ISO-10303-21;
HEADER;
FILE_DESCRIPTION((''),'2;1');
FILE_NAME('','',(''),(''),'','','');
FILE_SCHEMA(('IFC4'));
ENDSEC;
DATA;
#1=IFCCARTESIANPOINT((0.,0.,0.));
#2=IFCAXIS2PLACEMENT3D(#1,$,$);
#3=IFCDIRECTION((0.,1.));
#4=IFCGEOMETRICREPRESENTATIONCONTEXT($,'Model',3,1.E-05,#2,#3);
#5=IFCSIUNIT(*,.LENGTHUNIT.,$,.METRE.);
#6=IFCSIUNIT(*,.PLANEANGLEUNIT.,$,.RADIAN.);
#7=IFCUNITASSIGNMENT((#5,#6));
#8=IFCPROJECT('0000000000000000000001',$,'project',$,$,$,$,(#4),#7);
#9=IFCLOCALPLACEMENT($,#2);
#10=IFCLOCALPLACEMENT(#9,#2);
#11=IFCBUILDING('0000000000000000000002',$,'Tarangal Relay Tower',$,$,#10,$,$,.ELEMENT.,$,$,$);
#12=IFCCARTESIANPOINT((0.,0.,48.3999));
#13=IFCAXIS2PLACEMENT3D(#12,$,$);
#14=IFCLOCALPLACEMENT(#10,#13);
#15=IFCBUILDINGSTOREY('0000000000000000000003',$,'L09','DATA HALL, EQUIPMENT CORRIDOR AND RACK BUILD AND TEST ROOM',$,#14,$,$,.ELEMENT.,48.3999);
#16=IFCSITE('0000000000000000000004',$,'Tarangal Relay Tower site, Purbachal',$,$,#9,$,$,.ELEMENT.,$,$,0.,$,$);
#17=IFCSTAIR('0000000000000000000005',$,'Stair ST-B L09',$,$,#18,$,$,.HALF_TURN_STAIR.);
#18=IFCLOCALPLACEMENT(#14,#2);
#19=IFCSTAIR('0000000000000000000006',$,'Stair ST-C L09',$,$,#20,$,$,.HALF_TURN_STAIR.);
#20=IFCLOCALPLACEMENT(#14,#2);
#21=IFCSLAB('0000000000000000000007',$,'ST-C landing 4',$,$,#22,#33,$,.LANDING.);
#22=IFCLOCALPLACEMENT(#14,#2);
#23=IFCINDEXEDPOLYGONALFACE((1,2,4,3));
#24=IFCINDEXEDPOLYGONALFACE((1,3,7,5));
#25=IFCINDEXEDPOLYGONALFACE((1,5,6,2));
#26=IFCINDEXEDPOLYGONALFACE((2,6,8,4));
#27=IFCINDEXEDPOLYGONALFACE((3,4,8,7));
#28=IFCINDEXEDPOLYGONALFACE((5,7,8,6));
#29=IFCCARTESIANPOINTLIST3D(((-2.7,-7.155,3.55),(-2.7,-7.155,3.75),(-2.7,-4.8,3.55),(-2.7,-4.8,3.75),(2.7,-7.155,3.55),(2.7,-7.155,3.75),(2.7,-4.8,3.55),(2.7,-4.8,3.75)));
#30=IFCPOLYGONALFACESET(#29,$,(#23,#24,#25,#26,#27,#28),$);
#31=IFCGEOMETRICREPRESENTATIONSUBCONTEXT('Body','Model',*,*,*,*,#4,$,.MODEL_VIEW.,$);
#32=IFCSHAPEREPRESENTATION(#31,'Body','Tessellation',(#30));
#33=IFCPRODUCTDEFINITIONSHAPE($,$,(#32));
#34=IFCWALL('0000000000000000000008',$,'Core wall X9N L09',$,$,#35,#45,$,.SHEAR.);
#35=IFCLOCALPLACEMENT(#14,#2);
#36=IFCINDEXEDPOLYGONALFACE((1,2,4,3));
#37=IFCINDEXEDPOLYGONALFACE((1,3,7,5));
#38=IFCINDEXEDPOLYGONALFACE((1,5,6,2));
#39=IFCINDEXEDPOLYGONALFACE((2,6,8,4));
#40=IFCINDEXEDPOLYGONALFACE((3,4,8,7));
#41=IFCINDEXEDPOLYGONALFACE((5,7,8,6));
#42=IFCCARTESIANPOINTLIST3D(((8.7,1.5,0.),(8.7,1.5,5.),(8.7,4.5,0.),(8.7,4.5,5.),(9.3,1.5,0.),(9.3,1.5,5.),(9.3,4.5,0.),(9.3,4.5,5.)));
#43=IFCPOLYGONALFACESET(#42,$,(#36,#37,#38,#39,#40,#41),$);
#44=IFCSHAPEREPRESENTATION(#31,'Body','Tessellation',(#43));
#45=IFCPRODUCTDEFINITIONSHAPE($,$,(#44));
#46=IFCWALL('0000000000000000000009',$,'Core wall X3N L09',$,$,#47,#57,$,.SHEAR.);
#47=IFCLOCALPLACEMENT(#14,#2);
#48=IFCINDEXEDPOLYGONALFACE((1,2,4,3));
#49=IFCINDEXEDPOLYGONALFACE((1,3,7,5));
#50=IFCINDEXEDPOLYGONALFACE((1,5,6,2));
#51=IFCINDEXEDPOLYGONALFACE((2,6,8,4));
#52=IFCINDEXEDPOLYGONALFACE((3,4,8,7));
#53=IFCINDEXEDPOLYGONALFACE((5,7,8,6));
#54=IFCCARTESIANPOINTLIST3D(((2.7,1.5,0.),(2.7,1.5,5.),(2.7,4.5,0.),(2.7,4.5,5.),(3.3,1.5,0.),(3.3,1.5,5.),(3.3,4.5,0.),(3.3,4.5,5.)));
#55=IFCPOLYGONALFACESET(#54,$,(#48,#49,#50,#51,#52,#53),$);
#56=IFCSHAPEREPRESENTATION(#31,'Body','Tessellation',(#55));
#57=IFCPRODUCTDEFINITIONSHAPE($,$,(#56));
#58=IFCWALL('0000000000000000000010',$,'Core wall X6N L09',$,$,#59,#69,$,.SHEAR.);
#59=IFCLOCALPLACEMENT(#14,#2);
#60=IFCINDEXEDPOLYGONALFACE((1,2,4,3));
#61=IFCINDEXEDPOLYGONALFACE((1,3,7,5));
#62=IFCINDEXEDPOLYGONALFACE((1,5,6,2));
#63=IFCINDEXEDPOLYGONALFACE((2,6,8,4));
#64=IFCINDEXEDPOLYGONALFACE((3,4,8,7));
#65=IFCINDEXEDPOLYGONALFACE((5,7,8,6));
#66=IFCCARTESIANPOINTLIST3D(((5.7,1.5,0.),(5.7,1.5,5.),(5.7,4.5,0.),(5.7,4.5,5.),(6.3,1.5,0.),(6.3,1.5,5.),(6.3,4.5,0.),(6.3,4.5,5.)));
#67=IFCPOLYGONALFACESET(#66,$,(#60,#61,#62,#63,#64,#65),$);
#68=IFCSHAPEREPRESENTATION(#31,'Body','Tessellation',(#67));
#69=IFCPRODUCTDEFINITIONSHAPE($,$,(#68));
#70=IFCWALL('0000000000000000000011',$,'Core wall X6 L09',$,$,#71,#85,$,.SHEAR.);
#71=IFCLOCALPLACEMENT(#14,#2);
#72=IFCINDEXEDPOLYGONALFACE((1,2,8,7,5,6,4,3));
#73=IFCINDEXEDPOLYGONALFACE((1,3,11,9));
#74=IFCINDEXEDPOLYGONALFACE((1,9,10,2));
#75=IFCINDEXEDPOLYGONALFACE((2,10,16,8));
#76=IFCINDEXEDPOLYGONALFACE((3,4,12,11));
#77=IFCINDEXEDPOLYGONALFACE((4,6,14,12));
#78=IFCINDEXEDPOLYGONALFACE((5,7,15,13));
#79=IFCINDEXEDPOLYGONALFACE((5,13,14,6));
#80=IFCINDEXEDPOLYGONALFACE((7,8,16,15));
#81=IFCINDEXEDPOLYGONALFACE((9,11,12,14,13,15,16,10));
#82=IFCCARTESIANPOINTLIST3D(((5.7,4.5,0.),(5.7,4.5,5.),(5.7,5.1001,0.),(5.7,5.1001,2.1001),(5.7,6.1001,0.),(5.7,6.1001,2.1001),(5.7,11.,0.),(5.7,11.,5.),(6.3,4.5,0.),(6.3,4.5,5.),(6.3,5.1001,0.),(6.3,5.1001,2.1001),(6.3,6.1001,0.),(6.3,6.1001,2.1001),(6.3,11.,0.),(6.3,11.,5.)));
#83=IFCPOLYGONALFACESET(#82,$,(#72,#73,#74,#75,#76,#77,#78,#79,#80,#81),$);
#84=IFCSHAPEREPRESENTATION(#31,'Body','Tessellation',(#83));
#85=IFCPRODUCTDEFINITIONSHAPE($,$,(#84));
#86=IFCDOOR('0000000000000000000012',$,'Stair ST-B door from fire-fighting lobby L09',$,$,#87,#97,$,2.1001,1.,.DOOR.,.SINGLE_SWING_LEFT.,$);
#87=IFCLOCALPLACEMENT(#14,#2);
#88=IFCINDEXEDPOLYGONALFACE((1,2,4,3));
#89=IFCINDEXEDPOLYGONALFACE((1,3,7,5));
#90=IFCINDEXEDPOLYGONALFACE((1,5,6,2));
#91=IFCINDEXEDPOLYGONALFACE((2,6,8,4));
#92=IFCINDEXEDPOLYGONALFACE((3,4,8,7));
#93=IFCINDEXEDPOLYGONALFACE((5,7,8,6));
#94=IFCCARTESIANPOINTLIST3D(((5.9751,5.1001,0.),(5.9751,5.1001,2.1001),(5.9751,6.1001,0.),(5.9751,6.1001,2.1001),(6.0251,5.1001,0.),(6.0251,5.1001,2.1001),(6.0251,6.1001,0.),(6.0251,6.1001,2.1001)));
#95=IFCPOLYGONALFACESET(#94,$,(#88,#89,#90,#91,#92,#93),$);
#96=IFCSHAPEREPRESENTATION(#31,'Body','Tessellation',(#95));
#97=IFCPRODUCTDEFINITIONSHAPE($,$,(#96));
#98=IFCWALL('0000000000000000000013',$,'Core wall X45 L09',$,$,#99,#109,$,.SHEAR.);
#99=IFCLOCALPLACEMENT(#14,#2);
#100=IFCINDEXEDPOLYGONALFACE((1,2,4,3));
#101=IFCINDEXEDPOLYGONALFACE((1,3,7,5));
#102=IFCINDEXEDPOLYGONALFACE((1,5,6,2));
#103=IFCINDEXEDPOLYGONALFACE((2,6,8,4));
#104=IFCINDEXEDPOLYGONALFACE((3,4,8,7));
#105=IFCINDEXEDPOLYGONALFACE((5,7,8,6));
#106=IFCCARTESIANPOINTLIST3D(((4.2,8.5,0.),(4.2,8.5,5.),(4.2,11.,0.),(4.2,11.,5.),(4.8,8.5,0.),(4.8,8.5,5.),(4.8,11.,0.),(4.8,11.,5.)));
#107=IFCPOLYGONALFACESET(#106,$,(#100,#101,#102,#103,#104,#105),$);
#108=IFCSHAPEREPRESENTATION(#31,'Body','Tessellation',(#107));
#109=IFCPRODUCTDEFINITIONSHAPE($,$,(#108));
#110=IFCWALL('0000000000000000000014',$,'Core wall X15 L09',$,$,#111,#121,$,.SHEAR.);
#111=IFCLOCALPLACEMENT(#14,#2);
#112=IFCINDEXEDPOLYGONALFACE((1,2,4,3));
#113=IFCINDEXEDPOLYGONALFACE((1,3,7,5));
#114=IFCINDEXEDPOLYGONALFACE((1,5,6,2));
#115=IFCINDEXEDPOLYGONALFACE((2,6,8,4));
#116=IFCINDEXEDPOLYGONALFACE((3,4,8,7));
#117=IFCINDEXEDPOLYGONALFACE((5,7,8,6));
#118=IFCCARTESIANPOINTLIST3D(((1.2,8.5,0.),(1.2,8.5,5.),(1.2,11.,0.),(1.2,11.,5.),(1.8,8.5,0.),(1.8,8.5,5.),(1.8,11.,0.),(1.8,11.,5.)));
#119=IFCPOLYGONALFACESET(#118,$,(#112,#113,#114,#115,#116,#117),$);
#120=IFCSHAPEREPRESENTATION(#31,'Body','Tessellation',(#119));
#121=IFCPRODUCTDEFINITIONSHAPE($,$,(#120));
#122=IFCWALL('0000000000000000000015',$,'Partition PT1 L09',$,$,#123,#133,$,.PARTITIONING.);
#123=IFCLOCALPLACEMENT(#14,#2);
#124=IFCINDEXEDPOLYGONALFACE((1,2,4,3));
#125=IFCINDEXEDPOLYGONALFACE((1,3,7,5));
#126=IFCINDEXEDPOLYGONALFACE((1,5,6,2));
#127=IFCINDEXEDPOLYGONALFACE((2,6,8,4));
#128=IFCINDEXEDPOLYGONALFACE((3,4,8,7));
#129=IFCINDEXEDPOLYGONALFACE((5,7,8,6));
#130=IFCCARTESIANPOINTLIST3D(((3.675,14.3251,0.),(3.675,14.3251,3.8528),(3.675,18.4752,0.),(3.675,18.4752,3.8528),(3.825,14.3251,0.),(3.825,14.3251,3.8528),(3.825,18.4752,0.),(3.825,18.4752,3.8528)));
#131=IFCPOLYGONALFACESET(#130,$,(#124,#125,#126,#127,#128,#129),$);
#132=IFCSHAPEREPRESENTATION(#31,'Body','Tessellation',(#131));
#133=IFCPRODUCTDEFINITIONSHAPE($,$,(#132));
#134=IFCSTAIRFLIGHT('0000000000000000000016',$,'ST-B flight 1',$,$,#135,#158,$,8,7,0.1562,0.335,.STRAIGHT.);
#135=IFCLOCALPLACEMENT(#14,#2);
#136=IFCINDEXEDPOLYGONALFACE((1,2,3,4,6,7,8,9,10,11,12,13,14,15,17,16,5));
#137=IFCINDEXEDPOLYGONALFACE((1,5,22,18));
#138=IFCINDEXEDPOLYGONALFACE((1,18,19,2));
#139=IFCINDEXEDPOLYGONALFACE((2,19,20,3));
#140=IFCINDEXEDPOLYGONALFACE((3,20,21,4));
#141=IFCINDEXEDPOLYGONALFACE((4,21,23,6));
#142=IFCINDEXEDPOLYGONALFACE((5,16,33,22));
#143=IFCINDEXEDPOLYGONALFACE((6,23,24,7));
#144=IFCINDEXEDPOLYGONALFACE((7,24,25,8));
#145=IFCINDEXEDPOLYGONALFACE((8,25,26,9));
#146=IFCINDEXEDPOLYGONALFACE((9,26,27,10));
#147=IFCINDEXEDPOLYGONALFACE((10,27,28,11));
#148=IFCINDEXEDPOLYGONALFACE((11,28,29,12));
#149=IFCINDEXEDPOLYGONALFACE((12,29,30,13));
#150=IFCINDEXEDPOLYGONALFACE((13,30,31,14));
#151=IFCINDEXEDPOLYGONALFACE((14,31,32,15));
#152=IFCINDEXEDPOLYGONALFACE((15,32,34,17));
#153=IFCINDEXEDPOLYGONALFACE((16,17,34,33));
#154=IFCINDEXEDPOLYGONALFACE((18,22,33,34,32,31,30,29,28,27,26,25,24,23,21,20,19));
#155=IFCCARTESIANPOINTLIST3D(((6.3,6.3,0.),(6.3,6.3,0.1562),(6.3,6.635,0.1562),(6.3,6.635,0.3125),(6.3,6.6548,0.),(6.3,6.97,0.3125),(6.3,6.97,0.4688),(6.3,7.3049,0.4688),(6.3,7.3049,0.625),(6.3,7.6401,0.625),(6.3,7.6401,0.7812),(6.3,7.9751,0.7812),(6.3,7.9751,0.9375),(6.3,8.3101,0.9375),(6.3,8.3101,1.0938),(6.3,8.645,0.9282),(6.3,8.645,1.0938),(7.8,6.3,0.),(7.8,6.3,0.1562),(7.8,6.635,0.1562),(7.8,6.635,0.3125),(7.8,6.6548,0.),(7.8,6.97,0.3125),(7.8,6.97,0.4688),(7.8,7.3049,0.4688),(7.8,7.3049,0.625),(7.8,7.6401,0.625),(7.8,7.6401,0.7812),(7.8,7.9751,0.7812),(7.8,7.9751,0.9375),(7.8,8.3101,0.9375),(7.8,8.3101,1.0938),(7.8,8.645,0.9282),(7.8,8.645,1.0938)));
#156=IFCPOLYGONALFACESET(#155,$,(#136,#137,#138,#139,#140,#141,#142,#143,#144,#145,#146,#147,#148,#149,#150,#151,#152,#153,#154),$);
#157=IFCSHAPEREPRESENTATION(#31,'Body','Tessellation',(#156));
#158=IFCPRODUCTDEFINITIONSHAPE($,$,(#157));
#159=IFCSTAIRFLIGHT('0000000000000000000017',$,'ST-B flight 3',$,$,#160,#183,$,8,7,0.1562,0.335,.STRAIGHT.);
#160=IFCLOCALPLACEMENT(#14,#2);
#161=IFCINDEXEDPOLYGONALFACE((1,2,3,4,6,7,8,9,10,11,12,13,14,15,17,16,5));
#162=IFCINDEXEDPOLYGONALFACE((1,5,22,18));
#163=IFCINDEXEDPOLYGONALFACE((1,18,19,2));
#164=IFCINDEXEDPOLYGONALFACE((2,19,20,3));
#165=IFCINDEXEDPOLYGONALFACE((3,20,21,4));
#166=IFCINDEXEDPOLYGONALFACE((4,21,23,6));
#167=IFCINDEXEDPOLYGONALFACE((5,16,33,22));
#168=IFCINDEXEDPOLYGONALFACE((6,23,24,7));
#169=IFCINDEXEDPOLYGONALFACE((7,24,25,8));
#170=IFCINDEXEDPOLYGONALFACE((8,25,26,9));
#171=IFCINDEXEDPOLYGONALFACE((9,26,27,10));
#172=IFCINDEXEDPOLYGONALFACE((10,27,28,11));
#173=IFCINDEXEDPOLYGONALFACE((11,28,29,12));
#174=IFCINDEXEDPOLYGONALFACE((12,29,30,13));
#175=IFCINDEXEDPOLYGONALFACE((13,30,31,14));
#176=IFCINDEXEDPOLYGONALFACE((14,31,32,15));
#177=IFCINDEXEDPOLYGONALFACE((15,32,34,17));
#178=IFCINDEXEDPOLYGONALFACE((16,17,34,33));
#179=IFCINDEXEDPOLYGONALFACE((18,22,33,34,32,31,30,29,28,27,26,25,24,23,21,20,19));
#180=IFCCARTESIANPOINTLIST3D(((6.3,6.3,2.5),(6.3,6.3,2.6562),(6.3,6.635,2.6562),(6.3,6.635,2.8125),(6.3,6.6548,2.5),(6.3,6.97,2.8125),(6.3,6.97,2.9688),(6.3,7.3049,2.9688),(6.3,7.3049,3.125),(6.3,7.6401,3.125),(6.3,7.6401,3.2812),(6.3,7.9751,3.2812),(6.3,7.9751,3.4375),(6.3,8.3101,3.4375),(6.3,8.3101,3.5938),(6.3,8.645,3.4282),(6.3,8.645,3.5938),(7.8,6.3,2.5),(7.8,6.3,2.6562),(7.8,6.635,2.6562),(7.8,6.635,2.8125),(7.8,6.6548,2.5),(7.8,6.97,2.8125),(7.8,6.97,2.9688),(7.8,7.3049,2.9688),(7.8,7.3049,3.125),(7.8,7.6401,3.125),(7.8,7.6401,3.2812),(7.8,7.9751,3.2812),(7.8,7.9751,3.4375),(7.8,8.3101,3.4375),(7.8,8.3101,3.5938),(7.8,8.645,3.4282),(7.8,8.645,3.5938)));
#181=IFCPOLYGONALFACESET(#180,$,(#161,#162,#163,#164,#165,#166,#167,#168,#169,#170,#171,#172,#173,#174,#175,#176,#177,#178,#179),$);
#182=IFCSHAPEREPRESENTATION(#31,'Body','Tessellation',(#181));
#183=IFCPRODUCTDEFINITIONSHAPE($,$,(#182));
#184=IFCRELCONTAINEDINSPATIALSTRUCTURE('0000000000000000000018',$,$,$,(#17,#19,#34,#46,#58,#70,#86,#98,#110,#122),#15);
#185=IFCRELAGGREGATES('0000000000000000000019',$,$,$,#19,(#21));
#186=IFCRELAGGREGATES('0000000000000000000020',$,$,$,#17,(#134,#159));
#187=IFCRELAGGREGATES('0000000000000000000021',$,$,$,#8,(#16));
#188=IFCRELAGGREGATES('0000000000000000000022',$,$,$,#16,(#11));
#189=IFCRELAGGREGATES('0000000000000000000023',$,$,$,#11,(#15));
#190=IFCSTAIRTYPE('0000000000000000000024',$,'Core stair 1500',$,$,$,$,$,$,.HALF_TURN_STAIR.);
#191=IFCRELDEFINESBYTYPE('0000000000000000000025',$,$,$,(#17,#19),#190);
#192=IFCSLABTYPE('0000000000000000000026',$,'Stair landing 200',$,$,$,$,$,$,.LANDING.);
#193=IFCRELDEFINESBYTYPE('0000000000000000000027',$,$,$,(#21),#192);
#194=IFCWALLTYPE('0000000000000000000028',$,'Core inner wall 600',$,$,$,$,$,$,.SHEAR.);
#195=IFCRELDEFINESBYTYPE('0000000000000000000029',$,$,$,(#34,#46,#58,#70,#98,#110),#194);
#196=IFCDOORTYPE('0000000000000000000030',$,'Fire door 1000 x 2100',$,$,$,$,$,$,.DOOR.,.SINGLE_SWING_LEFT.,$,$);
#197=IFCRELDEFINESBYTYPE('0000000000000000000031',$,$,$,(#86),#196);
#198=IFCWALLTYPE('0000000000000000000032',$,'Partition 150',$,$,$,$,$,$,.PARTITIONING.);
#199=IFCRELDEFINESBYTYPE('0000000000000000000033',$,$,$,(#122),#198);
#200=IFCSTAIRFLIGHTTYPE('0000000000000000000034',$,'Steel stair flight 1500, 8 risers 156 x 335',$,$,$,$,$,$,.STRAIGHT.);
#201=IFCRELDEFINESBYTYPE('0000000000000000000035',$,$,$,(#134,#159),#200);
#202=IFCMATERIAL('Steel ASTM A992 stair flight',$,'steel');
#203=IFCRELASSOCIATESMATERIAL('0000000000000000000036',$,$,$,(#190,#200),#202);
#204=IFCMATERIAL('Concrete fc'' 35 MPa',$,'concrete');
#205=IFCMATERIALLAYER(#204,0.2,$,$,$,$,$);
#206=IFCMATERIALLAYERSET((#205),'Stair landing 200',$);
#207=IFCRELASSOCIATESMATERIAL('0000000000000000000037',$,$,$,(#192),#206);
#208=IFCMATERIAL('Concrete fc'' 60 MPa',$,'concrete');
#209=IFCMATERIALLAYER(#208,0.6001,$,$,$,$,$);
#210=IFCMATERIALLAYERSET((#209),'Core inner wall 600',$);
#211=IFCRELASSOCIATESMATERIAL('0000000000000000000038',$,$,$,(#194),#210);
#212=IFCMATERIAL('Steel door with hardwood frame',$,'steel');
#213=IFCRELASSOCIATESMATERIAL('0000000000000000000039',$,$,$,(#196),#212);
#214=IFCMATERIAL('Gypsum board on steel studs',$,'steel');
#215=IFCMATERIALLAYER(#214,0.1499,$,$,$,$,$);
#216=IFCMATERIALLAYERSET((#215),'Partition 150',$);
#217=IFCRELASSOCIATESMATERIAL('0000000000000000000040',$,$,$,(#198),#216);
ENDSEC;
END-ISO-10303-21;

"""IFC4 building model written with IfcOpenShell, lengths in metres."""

from ifc_helpers import new_model, si_unit, direction, frame, frame_2d, origin, place, context, subcontext, project, spatial, polyline, rectangle, outline, extrude, material, layer, layer_set, type_object, element, fill, aggregate, save


model = new_model("IFC4")

# Units and contexts
model_context = context("Model", 3, precision=1e-05, world=origin(), true_north=direction((0.0, 1.0)))
body_context = subcontext(model_context, "Body", "Model", "MODEL_VIEW")
ifc_project = project(units=[si_unit("LENGTHUNIT", "METRE"), si_unit("PLANEANGLEUNIT", "RADIAN")], contexts=[model_context])

# Site, building, storey
site_placement = place(None, origin())
site = spatial("IfcSite", under=ifc_project, at=site_placement, Name="Tarangal Relay Tower site, Purbachal", CompositionType="ELEMENT", RefElevation=0.0)
building_placement = place(site_placement, origin())
building = spatial("IfcBuilding", under=site, at=building_placement, Name="Tarangal Relay Tower", CompositionType="ELEMENT")
storey_placement = place(building_placement, frame((0.0, 0.0, 48.3999)))
storey = spatial("IfcBuildingStorey", under=building, at=storey_placement, Name="L09", Description="DATA HALL, EQUIPMENT CORRIDOR AND RACK BUILD AND TEST ROOM", CompositionType="ELEMENT", Elevation=48.3999)

# Shared definitions
ifc_material_1 = material(Name="Steel ASTM A992 stair flight", Category="steel")
stair_type = type_object("IfcStairType", Name="Core stair 1500", PredefinedType="HALF_TURN_STAIR", material=ifc_material_1)
ifc_material_2 = material(Name="Concrete fc' 35 MPa", Category="concrete")
ifc_layer_1 = layer(ifc_material_2, 0.2)
ifc_layer_set_1 = layer_set([ifc_layer_1], Name="Stair landing 200")
slab_type = type_object("IfcSlabType", Name="Stair landing 200", PredefinedType="LANDING", material=ifc_layer_set_1)

# Stairs, slab
stair_1_placement = place(storey_placement, origin())
stair_1 = element("IfcStair", 1, at=stair_1_placement, inside=storey, type_object=stair_type, Name="Stair ST-B L09", PredefinedType="HALF_TURN_STAIR")
stair_2_placement = place(storey_placement, origin())
stair_2 = element("IfcStair", 2, at=stair_2_placement, inside=storey, type_object=stair_type, Name="Stair ST-C L09", PredefinedType="HALF_TURN_STAIR")
slab_1_placement = place(storey_placement, frame((0.0, 0.0, 3.55)))
slab_1 = element("IfcSlab", 3, at=slab_1_placement, type_object=slab_type, Name="ST-C landing 4", PredefinedType="LANDING", context=body_context, shape_type="SweptSolid", body=[
    extrude(outline(polyline([(-2.7, -7.155), (2.7, -7.155), (2.7, -4.8), (-2.7, -4.8), (-2.7, -7.155)])), origin(), (0.0, 0.0, 1.0), 0.2),
])
aggregate(stair_2, [slab_1])

# Walls
ifc_material_3 = material(Name="Concrete fc' 60 MPa", Category="concrete")
ifc_layer_2 = layer(ifc_material_3, 0.6001)
ifc_layer_set_2 = layer_set([ifc_layer_2], Name="Core inner wall 600")
wall_type_1 = type_object("IfcWallType", Name="Core inner wall 600", PredefinedType="SHEAR", material=ifc_layer_set_2)
for number, where, z_axis, x_axis, name in (
    (4, (9.0, 1.5, 0.0), (0.0, 0.0, 1.0), (0.0, 1.0, 0.0), "Core wall X9N L09"),
    (5, (3.0, 1.5, 0.0), (0.0, 0.0, 1.0), (0.0, 1.0, 0.0), "Core wall X3N L09"),
    (6, (6.0, 1.5, 0.0), (0.0, 0.0, 1.0), (0.0, 1.0, 0.0), "Core wall X6N L09"),
):
    element("IfcWall", number, at=place(storey_placement, frame(where, z_axis=z_axis, x_axis=x_axis)), inside=storey, type_object=wall_type_1, Name=name, PredefinedType="SHEAR", context=body_context, shape_type="SweptSolid", body=[
        extrude(rectangle(XDim=3.0, YDim=0.6001, at=frame_2d((1.5, 0.0))), origin(), (0.0, 0.0, 1.0), 5.0),
    ])

# Wall, opening, door
wall_1_placement = place(storey_placement, frame((6.0, 4.5, 0.0), z_axis=(0.0, 0.0, 1.0), x_axis=(0.0, 1.0, 0.0)))
wall_1 = element("IfcWall", 7, at=wall_1_placement, inside=storey, type_object=wall_type_1, Name="Core wall X6 L09", PredefinedType="SHEAR", context=body_context, shape_type="SweptSolid", body=[
    extrude(rectangle(XDim=6.5, YDim=0.6001, at=frame_2d((3.25, 0.0))), origin(), (0.0, 0.0, 1.0), 5.0),
])
opening_placement = place(wall_1_placement, frame((0.6001, 0.0, 0.0)))
opening = element("IfcOpeningElement", 8, at=opening_placement, cuts=wall_1, PredefinedType="OPENING", context=body_context, shape_type="SweptSolid", body=[
    extrude(rectangle(XDim=1.0, YDim=2.1001, at=frame_2d((0.5, 1.05))), frame((0.0, 0.3101, 0.0), z_axis=(0.0, -1.0, 0.0), x_axis=(1.0, 0.0, 0.0)), (0.0, 0.0, 1.0), 0.6201),
])
ifc_material_4 = material(Name="Steel door with hardwood frame", Category="steel")
door_type = type_object("IfcDoorType", Name="Fire door 1000 x 2100", OperationType="SINGLE_SWING_LEFT", PredefinedType="DOOR", material=ifc_material_4)
door_placement = place(opening_placement, origin())
door = element("IfcDoor", 9, at=door_placement, inside=storey, type_object=door_type, Name="Stair ST-B door from fire-fighting lobby L09", OperationType="SINGLE_SWING_LEFT", OverallHeight=2.1001, OverallWidth=1.0, PredefinedType="DOOR", context=body_context, shape_type="SweptSolid", body=[
    extrude(rectangle(XDim=1.0, YDim=2.1001, at=frame_2d((0.5, 1.05))), frame((0.0, 0.0249, 0.0), z_axis=(0.0, -1.0, 0.0), x_axis=(1.0, 0.0, 0.0)), (0.0, 0.0, 1.0), 0.05),
])
fill(opening, door)

# Walls
for number, where, z_axis, x_axis, name in (
    (10, (4.5, 8.5, 0.0), (0.0, 0.0, 1.0), (0.0, 1.0, 0.0), "Core wall X45 L09"),
    (11, (1.5, 8.5, 0.0), (0.0, 0.0, 1.0), (0.0, 1.0, 0.0), "Core wall X15 L09"),
):
    element("IfcWall", number, at=place(storey_placement, frame(where, z_axis=z_axis, x_axis=x_axis)), inside=storey, type_object=wall_type_1, Name=name, PredefinedType="SHEAR", context=body_context, shape_type="SweptSolid", body=[
        extrude(rectangle(XDim=2.5, YDim=0.6001, at=frame_2d((1.25, 0.0))), origin(), (0.0, 0.0, 1.0), 5.0),
    ])
ifc_material_5 = material(Name="Gypsum board on steel studs", Category="steel")
ifc_layer_3 = layer(ifc_material_5, 0.1499)
ifc_layer_set_3 = layer_set([ifc_layer_3], Name="Partition 150")
wall_type_2 = type_object("IfcWallType", Name="Partition 150", PredefinedType="PARTITIONING", material=ifc_layer_set_3)
wall_2_placement = place(storey_placement, frame((3.75, 14.325, 0.0), z_axis=(0.0, 0.0, 1.0), x_axis=(0.0, 1.0, 0.0)))
element("IfcWall", 12, at=wall_2_placement, inside=storey, type_object=wall_type_2, Name="Partition PT1 L09", PredefinedType="PARTITIONING", context=body_context, shape_type="SweptSolid", body=[
    extrude(rectangle(XDim=4.1501, YDim=0.1499, at=frame_2d((2.0752, 0.0))), origin(), (0.0, 0.0, 1.0), 3.8528),
])

# Stair flights
stair_flight_type = type_object("IfcStairFlightType", Name="Steel stair flight 1500, 8 risers 156 x 335", PredefinedType="STRAIGHT", material=ifc_material_1)
stair_flight_1_placement = place(storey_placement, frame((7.05, 6.3, 0.0), z_axis=(0.0, 0.0, 1.0), x_axis=(0.0, 1.0, 0.0)))
stair_flight_1 = element("IfcStairFlight", 13, at=stair_flight_1_placement, type_object=stair_flight_type, Name="ST-B flight 1", NumberOfRisers=8, NumberOfTreads=7, PredefinedType="STRAIGHT", RiserHeight=0.1562, TreadLength=0.335, context=body_context, shape_type="SweptSolid", body=[
    extrude(outline(polyline([(0.0, 0.0), (0.0, 0.1562), (0.335, 0.1562), (0.335, 0.3125), (0.6699, 0.3125), (0.6699, 0.4688), (1.0049, 0.4688), (1.0049, 0.625), (1.3401, 0.625), (1.3401, 0.7812), (1.675, 0.7812), (1.675, 0.9375), (2.01, 0.9375), (2.01, 1.0938), (2.345, 1.0938), (2.345, 1.25), (2.345, 0.9282), (0.3547, 0.0), (0.0, 0.0)])), frame((0.0, 0.75, 0.0), z_axis=(0.0, -1.0, 0.0), x_axis=(1.0, 0.0, 0.0)), (0.0, 0.0, 1.0), 1.5),
])
stair_flight_2_placement = place(storey_placement, frame((7.05, 6.3, 2.5), z_axis=(0.0, 0.0, 1.0), x_axis=(0.0, 1.0, 0.0)))
stair_flight_2 = element("IfcStairFlight", 14, at=stair_flight_2_placement, type_object=stair_flight_type, Name="ST-B flight 3", NumberOfRisers=8, NumberOfTreads=7, PredefinedType="STRAIGHT", RiserHeight=0.1562, TreadLength=0.335, context=body_context, shape_type="SweptSolid", body=[
    extrude(outline(polyline([(0.0, 0.0), (0.0, 0.1562), (0.335, 0.1562), (0.335, 0.3125), (0.6699, 0.3125), (0.6699, 0.4688), (1.0049, 0.4688), (1.0049, 0.625), (1.3401, 0.625), (1.3401, 0.7812), (1.675, 0.7812), (1.675, 0.9375), (2.01, 0.9375), (2.01, 1.0938), (2.345, 1.0938), (2.345, 1.25), (2.345, 0.9282), (0.3547, 0.0), (0.0, 0.0)])), frame((0.0, 0.75, 0.0), z_axis=(0.0, -1.0, 0.0), x_axis=(1.0, 0.0, 0.0)), (0.0, 0.0, 1.0), 1.5),
])
aggregate(stair_1, [stair_flight_1, stair_flight_2])

save(model, "model.ifc")
